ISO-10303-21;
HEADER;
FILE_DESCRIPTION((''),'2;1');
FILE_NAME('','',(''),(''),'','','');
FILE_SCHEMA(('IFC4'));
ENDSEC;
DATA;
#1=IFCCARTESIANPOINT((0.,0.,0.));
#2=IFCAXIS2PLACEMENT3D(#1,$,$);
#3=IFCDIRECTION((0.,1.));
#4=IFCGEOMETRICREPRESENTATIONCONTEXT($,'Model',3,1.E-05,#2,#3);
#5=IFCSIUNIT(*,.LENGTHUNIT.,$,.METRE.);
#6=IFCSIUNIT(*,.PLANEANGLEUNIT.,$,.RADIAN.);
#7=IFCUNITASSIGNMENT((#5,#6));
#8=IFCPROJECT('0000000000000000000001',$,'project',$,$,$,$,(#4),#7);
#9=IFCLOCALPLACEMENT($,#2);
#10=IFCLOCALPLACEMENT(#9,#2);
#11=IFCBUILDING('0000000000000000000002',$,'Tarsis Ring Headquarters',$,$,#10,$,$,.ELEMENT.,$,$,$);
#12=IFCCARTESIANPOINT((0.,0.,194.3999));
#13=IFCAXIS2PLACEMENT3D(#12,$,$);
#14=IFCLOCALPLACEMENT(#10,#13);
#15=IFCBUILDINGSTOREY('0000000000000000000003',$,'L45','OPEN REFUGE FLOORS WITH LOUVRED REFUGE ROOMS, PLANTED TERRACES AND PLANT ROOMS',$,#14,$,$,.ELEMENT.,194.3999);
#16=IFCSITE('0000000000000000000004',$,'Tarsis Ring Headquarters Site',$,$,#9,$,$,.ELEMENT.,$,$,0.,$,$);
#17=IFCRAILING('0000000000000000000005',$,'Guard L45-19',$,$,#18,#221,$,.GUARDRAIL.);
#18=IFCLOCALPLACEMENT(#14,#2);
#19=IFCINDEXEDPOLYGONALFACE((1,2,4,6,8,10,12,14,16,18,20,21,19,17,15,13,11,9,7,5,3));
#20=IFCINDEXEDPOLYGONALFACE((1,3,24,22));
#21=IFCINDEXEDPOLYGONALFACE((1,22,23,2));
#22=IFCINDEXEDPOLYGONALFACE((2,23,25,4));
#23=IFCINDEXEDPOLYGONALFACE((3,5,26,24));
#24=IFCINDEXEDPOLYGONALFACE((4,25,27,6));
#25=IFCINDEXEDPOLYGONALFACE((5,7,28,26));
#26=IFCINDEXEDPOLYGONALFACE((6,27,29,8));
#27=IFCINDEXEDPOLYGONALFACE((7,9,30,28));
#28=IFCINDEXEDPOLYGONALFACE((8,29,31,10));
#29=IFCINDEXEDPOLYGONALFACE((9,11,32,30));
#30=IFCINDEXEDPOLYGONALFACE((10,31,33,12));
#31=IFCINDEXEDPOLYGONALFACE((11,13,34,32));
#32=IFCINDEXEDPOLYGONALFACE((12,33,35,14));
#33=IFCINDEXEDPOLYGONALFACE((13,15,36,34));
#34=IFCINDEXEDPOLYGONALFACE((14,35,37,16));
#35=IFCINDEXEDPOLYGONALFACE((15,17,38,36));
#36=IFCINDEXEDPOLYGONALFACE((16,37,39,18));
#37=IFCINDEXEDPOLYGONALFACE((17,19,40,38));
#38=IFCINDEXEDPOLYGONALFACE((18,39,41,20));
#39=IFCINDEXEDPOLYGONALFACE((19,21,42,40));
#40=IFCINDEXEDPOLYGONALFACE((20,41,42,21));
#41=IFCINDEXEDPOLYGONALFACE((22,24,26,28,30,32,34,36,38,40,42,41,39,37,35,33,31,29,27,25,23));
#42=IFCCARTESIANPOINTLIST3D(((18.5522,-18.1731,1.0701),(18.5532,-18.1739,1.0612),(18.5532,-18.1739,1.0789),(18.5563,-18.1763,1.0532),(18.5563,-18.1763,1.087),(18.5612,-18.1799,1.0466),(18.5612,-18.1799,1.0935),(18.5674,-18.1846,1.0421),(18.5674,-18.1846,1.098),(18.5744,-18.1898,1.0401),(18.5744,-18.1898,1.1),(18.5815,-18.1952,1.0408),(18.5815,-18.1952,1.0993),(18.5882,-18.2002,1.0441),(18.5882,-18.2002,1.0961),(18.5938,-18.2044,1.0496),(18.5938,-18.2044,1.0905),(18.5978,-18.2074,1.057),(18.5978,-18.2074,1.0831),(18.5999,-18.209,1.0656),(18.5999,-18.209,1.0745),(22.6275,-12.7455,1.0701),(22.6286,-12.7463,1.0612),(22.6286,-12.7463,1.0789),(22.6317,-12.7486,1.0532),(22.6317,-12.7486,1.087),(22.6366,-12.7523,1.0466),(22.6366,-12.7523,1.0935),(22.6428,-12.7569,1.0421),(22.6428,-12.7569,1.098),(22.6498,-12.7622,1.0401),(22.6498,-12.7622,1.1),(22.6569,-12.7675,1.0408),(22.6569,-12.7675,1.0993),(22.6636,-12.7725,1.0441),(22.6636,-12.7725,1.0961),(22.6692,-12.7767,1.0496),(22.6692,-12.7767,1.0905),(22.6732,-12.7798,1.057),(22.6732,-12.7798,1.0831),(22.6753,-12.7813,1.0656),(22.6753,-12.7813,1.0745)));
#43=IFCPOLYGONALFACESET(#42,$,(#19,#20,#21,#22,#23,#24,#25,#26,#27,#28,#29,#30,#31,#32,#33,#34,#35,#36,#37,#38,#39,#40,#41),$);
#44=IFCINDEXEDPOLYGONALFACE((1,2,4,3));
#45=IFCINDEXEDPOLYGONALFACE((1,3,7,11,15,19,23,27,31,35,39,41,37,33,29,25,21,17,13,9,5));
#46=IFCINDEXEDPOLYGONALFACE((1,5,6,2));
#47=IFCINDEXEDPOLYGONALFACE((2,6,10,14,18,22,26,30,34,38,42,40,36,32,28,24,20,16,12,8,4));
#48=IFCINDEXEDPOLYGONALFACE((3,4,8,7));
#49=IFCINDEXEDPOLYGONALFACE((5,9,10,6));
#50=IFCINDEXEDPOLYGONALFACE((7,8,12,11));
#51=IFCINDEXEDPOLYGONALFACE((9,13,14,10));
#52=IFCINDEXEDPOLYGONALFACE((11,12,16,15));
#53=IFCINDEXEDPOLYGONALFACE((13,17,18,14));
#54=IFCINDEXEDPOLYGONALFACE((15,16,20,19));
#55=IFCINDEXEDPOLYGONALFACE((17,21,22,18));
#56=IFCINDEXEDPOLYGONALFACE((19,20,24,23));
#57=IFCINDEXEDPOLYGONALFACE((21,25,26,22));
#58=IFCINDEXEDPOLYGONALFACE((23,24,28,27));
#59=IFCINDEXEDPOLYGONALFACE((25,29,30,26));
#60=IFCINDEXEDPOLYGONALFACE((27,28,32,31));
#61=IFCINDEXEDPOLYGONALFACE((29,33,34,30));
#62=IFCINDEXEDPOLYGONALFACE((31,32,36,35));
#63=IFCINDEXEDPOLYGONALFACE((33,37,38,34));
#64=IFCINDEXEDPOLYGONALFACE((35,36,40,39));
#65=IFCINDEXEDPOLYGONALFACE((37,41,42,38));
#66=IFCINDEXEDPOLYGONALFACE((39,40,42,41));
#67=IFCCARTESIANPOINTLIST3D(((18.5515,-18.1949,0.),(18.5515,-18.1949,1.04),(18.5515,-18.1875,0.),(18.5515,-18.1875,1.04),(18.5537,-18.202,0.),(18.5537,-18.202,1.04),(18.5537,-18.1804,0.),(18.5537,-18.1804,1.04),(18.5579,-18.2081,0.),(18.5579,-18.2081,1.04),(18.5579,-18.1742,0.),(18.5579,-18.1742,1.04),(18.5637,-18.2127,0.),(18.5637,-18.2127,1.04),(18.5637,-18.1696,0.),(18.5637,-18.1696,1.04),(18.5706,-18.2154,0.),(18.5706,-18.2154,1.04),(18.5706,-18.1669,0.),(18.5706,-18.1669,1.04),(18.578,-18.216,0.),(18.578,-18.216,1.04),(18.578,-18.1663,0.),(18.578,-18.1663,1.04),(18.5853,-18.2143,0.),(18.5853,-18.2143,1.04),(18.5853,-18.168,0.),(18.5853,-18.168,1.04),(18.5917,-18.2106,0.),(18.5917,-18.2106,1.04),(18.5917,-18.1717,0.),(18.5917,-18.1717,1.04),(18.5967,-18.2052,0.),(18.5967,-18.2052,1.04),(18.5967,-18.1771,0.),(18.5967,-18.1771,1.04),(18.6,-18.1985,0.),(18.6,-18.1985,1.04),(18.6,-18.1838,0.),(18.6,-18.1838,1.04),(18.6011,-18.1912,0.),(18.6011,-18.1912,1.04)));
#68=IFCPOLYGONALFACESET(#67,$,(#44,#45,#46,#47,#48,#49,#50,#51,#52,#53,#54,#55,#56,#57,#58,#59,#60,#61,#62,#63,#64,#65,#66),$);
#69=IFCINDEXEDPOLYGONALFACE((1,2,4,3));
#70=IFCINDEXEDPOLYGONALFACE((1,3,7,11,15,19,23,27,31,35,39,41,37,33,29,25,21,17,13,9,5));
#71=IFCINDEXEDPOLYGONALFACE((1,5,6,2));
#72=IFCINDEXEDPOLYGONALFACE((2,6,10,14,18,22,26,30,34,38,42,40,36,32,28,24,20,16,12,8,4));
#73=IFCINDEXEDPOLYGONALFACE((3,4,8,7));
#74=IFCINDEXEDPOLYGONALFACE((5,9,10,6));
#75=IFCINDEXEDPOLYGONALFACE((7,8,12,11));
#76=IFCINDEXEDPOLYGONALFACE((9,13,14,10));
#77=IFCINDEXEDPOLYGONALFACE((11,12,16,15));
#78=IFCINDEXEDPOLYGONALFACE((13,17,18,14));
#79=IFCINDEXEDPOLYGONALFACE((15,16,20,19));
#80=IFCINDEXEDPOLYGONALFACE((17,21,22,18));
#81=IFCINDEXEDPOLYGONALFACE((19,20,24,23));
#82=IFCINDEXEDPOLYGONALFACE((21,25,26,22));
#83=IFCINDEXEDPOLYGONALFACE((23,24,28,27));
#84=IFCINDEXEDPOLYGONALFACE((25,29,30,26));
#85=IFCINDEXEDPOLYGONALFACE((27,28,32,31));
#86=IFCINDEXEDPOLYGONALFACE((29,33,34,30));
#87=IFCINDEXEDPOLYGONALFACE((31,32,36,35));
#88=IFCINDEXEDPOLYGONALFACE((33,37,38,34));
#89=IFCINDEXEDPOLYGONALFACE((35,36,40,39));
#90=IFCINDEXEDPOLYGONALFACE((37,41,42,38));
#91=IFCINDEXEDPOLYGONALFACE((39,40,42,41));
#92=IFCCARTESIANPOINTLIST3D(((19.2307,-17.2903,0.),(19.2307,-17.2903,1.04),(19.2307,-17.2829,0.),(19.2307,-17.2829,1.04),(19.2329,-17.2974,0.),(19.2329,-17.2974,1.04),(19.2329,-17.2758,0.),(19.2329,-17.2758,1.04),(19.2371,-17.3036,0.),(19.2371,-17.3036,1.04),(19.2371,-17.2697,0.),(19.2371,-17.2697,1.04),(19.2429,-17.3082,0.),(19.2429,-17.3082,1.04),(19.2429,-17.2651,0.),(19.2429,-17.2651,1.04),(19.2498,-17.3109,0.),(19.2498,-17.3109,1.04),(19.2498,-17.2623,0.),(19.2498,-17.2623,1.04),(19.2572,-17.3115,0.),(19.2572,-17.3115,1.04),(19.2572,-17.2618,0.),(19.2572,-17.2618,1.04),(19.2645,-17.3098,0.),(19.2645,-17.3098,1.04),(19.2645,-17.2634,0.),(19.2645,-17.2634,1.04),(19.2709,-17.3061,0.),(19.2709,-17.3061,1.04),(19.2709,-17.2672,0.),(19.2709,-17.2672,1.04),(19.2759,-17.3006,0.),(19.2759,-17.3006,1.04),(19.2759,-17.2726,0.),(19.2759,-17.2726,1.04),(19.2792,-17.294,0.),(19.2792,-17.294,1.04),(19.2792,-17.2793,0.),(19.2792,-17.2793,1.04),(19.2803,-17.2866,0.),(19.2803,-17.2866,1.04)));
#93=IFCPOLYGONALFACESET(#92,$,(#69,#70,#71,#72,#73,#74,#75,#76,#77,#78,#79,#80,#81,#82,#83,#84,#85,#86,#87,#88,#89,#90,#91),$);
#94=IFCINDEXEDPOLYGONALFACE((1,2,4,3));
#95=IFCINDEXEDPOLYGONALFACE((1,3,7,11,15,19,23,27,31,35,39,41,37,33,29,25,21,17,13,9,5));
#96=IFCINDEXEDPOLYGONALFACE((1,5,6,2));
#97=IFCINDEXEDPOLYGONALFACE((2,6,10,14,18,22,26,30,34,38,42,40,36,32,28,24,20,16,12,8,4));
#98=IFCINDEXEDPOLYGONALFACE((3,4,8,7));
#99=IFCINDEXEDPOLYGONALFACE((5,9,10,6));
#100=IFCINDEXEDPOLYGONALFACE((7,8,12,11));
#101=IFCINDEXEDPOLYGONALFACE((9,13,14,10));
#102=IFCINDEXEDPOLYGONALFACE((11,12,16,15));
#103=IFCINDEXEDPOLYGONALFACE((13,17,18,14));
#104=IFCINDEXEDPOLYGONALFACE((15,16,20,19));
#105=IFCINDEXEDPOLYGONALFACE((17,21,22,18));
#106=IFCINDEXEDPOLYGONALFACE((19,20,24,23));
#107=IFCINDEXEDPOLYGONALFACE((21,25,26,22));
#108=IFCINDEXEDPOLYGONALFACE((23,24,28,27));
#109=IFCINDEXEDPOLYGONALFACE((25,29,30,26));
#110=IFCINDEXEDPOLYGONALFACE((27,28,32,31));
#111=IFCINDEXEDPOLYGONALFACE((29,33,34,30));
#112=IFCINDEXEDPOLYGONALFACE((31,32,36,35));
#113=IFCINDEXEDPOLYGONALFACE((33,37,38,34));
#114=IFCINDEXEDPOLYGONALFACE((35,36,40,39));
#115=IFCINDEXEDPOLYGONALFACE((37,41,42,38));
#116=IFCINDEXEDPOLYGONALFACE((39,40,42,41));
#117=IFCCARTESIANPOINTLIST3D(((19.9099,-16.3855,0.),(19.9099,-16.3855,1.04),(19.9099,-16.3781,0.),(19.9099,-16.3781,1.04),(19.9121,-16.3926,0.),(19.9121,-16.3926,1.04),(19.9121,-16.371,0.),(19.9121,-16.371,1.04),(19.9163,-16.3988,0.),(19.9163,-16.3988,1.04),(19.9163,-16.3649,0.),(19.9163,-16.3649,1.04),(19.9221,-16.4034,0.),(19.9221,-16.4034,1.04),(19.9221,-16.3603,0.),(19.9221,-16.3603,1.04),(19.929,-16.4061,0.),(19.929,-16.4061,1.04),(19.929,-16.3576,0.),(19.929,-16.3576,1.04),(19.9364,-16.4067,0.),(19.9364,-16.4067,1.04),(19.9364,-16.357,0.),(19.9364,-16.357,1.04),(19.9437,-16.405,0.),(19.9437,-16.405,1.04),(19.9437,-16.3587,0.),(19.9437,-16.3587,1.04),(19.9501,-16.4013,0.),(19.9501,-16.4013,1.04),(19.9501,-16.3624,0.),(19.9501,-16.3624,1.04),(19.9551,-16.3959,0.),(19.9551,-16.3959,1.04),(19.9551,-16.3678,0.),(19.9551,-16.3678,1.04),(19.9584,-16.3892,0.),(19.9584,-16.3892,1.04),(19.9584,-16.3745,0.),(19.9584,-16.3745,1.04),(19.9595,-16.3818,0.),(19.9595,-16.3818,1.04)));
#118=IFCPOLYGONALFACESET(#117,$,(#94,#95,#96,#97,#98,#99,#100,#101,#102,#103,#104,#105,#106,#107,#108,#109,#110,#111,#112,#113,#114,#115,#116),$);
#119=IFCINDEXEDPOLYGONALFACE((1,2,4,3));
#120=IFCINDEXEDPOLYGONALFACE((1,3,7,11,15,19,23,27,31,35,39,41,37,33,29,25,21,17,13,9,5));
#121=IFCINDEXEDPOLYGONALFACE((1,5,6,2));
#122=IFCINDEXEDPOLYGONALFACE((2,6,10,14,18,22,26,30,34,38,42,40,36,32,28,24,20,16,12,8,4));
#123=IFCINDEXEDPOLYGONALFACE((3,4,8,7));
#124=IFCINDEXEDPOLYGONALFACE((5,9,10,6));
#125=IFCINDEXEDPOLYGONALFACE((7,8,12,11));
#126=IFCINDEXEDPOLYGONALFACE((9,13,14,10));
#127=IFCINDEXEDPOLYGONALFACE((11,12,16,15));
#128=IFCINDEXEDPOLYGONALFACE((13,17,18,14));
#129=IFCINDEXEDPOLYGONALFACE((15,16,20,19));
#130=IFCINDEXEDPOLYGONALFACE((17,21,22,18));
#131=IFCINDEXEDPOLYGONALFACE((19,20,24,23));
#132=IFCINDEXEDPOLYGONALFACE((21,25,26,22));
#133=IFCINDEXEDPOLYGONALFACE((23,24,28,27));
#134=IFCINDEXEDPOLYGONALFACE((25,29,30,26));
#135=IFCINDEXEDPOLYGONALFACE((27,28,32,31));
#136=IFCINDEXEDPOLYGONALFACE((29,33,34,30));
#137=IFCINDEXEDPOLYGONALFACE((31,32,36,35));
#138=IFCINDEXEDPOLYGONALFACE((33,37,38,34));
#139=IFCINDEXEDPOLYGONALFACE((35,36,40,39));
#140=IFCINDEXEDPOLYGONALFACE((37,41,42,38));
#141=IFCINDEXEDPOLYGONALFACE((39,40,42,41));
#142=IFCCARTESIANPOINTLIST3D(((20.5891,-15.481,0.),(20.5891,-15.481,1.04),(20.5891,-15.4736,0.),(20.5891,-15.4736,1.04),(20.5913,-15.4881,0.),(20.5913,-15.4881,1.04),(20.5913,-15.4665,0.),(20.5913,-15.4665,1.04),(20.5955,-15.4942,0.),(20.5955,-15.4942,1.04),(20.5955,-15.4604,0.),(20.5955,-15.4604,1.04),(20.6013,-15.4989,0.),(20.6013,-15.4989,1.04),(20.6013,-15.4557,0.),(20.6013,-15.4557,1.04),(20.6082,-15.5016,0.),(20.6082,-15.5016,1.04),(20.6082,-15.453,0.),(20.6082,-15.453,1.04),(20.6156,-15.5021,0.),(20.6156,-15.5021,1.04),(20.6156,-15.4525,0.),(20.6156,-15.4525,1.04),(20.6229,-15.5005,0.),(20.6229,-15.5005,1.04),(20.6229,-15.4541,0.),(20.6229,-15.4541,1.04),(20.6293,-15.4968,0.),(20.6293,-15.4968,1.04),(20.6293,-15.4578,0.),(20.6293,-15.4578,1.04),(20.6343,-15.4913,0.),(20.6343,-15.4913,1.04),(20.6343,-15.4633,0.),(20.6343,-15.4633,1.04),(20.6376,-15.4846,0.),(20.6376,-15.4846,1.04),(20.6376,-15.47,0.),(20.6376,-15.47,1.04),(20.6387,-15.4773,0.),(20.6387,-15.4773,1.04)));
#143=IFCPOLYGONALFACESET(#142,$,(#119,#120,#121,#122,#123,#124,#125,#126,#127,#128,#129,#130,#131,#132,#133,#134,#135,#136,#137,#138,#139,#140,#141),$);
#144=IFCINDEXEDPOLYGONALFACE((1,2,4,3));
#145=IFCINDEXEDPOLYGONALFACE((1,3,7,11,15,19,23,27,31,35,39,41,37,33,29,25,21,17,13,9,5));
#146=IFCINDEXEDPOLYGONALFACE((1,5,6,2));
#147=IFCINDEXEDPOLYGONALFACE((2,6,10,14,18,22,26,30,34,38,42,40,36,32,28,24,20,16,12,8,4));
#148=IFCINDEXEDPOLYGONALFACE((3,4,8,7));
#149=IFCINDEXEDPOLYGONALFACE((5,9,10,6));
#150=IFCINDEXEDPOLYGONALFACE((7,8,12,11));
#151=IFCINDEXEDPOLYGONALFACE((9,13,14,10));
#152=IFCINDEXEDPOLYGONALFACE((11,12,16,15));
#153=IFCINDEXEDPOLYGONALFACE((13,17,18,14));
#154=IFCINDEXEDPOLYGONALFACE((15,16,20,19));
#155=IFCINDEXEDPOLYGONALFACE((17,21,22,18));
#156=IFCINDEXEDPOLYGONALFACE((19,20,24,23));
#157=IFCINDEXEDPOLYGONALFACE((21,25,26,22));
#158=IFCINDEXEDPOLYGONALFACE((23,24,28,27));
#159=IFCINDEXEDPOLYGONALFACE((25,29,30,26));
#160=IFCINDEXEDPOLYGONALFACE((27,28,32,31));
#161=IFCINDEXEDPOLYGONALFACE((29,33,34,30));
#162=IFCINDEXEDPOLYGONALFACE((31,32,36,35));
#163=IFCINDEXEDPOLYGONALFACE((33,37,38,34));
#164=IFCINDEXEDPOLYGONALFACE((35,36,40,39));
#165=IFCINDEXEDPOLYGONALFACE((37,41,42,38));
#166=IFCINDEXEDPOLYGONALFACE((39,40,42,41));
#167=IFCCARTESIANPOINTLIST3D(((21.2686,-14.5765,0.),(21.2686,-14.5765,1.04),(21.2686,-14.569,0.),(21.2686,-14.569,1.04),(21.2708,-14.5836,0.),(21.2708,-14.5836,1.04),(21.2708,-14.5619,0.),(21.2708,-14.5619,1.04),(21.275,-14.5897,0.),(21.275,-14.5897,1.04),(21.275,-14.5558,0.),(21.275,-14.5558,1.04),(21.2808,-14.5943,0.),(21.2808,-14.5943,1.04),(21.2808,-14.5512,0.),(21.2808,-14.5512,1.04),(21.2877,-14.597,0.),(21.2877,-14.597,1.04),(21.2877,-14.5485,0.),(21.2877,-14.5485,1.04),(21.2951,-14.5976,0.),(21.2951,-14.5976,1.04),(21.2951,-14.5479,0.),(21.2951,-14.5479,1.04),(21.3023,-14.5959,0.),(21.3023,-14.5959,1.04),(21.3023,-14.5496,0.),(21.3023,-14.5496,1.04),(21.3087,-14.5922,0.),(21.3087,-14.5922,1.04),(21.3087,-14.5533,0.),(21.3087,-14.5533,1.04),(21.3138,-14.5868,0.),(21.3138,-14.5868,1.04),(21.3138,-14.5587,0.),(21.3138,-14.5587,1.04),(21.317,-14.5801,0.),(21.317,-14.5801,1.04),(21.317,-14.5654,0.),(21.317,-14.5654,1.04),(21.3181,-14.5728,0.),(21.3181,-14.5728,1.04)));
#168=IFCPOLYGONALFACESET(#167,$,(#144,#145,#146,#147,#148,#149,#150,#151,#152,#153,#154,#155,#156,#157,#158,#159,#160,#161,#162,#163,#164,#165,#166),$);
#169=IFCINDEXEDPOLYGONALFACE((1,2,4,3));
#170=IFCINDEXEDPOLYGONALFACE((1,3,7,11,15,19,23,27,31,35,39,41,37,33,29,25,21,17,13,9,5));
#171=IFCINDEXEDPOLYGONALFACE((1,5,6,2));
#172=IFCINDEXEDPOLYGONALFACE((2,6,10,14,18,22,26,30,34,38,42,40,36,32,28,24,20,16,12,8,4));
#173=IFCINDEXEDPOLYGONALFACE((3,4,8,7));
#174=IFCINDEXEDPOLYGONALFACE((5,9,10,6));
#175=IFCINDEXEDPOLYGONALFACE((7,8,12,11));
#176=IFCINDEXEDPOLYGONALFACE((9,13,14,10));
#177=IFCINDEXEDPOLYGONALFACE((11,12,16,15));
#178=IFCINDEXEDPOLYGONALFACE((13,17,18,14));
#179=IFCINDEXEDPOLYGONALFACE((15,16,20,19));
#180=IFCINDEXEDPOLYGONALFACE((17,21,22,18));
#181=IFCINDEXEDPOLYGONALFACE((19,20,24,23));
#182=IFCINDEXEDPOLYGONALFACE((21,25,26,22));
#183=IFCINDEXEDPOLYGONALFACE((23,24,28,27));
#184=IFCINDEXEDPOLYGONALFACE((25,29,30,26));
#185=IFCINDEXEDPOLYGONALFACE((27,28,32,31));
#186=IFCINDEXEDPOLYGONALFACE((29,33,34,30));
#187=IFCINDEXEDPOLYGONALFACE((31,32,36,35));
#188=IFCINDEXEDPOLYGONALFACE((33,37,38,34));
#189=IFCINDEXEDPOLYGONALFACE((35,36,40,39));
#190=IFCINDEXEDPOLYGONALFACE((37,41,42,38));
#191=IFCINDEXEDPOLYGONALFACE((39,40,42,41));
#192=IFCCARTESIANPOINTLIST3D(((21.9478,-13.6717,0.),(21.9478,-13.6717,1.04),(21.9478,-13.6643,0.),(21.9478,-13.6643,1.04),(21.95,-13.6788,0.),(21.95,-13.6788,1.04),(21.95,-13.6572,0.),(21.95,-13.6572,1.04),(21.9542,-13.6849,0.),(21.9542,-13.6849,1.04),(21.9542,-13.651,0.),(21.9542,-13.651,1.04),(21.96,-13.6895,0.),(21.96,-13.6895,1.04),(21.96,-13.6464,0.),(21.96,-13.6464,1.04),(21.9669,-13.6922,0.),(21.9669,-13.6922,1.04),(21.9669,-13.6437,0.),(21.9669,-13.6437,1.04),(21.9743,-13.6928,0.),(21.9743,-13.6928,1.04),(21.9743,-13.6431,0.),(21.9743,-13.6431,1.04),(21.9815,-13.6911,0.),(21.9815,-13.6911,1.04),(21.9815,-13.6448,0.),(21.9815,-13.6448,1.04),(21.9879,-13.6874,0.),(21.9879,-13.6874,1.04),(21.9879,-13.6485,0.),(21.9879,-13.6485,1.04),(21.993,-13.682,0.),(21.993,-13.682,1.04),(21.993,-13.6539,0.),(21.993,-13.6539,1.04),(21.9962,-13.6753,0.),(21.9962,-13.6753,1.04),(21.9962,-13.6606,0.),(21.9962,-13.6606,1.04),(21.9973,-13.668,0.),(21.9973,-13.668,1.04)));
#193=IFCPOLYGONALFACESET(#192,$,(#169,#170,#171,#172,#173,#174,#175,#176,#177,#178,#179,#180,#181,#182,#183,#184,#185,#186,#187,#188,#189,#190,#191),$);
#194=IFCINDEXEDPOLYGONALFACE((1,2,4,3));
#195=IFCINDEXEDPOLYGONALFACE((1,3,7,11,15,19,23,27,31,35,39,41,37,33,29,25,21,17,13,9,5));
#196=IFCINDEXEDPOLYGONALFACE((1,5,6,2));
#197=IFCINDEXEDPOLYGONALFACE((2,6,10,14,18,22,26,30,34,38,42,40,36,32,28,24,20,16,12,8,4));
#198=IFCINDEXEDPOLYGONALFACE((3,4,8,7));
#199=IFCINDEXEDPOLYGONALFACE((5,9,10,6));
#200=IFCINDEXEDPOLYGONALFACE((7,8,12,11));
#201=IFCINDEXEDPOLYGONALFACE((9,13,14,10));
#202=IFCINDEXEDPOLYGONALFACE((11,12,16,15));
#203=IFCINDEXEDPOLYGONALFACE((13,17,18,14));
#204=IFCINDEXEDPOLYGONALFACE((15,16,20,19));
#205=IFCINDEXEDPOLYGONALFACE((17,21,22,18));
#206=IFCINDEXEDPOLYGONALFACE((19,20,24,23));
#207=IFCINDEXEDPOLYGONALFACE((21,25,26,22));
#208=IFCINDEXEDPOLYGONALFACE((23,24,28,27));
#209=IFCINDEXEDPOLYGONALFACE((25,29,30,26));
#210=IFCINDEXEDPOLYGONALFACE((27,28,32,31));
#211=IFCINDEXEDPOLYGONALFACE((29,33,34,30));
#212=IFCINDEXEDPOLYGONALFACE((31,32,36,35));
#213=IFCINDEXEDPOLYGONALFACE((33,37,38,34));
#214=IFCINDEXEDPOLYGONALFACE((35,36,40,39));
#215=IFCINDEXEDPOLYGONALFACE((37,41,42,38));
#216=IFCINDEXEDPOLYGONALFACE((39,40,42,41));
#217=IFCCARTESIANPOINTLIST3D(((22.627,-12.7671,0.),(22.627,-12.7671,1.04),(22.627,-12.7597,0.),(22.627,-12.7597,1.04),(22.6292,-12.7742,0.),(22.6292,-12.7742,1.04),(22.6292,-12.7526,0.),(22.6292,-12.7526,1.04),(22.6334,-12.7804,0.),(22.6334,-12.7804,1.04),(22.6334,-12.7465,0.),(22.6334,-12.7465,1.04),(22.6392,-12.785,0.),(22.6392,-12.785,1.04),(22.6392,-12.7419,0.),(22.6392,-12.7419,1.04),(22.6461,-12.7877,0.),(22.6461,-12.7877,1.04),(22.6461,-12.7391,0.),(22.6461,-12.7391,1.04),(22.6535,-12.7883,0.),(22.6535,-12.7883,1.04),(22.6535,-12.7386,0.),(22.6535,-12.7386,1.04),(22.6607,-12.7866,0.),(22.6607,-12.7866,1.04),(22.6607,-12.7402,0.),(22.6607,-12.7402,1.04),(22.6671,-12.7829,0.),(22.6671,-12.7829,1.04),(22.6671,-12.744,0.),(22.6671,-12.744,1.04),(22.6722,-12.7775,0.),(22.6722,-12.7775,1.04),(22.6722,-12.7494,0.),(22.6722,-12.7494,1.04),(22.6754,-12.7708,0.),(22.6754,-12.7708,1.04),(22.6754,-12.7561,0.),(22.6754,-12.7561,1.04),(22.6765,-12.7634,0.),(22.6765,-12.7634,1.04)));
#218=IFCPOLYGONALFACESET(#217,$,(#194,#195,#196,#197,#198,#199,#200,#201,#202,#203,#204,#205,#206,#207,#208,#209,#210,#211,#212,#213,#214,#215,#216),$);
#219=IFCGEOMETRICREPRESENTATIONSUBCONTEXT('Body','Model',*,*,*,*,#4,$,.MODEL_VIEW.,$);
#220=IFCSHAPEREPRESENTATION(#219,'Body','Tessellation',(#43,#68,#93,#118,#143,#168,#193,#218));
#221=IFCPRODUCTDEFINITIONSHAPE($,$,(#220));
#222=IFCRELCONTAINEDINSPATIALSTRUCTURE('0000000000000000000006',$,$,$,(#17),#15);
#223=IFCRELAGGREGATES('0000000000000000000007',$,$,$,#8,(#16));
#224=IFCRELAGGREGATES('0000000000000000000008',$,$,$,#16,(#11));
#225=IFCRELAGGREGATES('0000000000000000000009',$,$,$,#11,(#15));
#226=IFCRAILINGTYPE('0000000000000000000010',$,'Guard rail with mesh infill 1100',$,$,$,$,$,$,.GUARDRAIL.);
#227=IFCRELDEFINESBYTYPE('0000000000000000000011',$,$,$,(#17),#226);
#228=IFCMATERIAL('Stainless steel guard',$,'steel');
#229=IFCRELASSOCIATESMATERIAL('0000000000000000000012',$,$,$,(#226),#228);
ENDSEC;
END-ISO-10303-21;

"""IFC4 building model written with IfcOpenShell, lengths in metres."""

from ifc_helpers import new_model, si_unit, direction, frame, origin, origin_2d, place, context, subcontext, project, spatial, circle, extrude, material, type_object, element, save


model = new_model("IFC4")

# Units and contexts
model_context = context("Model", 3, precision=1e-05, world=origin(), true_north=direction((0.0, 1.0)))
body_context = subcontext(model_context, "Body", "Model", "MODEL_VIEW")
ifc_project = project(units=[si_unit("LENGTHUNIT", "METRE"), si_unit("PLANEANGLEUNIT", "RADIAN")], contexts=[model_context])

# Site, building, storey
site_placement = place(None, origin())
site = spatial("IfcSite", under=ifc_project, at=site_placement, Name="Tarsis Ring Headquarters Site", CompositionType="ELEMENT", RefElevation=0.0)
building_placement = place(site_placement, origin())
building = spatial("IfcBuilding", under=site, at=building_placement, Name="Tarsis Ring Headquarters", CompositionType="ELEMENT")
storey_placement = place(building_placement, frame((0.0, 0.0, 194.3999)))
storey = spatial("IfcBuildingStorey", under=building, at=storey_placement, Name="L45", Description="OPEN REFUGE FLOORS WITH LOUVRED REFUGE ROOMS, PLANTED TERRACES AND PLANT ROOMS", CompositionType="ELEMENT", Elevation=194.3999)

# Railing
ifc_material_1 = material(Name="Stainless steel guard", Category="steel")
railing_type = type_object("IfcRailingType", Name="Guard rail with mesh infill 1100", PredefinedType="GUARDRAIL", material=ifc_material_1)
railing_1_placement = place(storey_placement, frame((18.5762, -18.1912, 0.0)))
element("IfcRailing", 1, at=railing_1_placement, inside=storey, type_object=railing_type, Name="Guard L45-19", PredefinedType="GUARDRAIL", context=body_context, shape_type="SweptSolid", body=[
    extrude(circle(Radius=0.03, at=origin_2d()), frame((0.0, 0.0, 1.0701), z_axis=(0.600437, 0.799672, 0.0), x_axis=(-0.799672, 0.600437, 0.0)), (0.0, 0.0, 1.0), 6.7874),
    extrude(circle(Radius=0.0249, at=origin_2d()), origin(), (0.0, 0.0, 1.0), 1.04),
    extrude(circle(Radius=0.0249, at=origin_2d()), frame((0.6792, 0.9045, 0.0)), (0.0, 0.0, 1.0), 1.04),
    extrude(circle(Radius=0.0249, at=origin_2d()), frame((1.3584, 1.8093, 0.0)), (0.0, 0.0, 1.0), 1.04),
    extrude(circle(Radius=0.0249, at=origin_2d()), frame((2.0376, 2.7139, 0.0)), (0.0, 0.0, 1.0), 1.04),
    extrude(circle(Radius=0.0249, at=origin_2d()), frame((2.717, 3.6184, 0.0)), (0.0, 0.0, 1.0), 1.04),
    extrude(circle(Radius=0.0249, at=origin_2d()), frame((3.3962, 4.5232, 0.0)), (0.0, 0.0, 1.0), 1.04),
    extrude(circle(Radius=0.0249, at=origin_2d()), frame((4.0754, 5.4277, 0.0)), (0.0, 0.0, 1.0), 1.04),
])

save(model, "model.ifc")
